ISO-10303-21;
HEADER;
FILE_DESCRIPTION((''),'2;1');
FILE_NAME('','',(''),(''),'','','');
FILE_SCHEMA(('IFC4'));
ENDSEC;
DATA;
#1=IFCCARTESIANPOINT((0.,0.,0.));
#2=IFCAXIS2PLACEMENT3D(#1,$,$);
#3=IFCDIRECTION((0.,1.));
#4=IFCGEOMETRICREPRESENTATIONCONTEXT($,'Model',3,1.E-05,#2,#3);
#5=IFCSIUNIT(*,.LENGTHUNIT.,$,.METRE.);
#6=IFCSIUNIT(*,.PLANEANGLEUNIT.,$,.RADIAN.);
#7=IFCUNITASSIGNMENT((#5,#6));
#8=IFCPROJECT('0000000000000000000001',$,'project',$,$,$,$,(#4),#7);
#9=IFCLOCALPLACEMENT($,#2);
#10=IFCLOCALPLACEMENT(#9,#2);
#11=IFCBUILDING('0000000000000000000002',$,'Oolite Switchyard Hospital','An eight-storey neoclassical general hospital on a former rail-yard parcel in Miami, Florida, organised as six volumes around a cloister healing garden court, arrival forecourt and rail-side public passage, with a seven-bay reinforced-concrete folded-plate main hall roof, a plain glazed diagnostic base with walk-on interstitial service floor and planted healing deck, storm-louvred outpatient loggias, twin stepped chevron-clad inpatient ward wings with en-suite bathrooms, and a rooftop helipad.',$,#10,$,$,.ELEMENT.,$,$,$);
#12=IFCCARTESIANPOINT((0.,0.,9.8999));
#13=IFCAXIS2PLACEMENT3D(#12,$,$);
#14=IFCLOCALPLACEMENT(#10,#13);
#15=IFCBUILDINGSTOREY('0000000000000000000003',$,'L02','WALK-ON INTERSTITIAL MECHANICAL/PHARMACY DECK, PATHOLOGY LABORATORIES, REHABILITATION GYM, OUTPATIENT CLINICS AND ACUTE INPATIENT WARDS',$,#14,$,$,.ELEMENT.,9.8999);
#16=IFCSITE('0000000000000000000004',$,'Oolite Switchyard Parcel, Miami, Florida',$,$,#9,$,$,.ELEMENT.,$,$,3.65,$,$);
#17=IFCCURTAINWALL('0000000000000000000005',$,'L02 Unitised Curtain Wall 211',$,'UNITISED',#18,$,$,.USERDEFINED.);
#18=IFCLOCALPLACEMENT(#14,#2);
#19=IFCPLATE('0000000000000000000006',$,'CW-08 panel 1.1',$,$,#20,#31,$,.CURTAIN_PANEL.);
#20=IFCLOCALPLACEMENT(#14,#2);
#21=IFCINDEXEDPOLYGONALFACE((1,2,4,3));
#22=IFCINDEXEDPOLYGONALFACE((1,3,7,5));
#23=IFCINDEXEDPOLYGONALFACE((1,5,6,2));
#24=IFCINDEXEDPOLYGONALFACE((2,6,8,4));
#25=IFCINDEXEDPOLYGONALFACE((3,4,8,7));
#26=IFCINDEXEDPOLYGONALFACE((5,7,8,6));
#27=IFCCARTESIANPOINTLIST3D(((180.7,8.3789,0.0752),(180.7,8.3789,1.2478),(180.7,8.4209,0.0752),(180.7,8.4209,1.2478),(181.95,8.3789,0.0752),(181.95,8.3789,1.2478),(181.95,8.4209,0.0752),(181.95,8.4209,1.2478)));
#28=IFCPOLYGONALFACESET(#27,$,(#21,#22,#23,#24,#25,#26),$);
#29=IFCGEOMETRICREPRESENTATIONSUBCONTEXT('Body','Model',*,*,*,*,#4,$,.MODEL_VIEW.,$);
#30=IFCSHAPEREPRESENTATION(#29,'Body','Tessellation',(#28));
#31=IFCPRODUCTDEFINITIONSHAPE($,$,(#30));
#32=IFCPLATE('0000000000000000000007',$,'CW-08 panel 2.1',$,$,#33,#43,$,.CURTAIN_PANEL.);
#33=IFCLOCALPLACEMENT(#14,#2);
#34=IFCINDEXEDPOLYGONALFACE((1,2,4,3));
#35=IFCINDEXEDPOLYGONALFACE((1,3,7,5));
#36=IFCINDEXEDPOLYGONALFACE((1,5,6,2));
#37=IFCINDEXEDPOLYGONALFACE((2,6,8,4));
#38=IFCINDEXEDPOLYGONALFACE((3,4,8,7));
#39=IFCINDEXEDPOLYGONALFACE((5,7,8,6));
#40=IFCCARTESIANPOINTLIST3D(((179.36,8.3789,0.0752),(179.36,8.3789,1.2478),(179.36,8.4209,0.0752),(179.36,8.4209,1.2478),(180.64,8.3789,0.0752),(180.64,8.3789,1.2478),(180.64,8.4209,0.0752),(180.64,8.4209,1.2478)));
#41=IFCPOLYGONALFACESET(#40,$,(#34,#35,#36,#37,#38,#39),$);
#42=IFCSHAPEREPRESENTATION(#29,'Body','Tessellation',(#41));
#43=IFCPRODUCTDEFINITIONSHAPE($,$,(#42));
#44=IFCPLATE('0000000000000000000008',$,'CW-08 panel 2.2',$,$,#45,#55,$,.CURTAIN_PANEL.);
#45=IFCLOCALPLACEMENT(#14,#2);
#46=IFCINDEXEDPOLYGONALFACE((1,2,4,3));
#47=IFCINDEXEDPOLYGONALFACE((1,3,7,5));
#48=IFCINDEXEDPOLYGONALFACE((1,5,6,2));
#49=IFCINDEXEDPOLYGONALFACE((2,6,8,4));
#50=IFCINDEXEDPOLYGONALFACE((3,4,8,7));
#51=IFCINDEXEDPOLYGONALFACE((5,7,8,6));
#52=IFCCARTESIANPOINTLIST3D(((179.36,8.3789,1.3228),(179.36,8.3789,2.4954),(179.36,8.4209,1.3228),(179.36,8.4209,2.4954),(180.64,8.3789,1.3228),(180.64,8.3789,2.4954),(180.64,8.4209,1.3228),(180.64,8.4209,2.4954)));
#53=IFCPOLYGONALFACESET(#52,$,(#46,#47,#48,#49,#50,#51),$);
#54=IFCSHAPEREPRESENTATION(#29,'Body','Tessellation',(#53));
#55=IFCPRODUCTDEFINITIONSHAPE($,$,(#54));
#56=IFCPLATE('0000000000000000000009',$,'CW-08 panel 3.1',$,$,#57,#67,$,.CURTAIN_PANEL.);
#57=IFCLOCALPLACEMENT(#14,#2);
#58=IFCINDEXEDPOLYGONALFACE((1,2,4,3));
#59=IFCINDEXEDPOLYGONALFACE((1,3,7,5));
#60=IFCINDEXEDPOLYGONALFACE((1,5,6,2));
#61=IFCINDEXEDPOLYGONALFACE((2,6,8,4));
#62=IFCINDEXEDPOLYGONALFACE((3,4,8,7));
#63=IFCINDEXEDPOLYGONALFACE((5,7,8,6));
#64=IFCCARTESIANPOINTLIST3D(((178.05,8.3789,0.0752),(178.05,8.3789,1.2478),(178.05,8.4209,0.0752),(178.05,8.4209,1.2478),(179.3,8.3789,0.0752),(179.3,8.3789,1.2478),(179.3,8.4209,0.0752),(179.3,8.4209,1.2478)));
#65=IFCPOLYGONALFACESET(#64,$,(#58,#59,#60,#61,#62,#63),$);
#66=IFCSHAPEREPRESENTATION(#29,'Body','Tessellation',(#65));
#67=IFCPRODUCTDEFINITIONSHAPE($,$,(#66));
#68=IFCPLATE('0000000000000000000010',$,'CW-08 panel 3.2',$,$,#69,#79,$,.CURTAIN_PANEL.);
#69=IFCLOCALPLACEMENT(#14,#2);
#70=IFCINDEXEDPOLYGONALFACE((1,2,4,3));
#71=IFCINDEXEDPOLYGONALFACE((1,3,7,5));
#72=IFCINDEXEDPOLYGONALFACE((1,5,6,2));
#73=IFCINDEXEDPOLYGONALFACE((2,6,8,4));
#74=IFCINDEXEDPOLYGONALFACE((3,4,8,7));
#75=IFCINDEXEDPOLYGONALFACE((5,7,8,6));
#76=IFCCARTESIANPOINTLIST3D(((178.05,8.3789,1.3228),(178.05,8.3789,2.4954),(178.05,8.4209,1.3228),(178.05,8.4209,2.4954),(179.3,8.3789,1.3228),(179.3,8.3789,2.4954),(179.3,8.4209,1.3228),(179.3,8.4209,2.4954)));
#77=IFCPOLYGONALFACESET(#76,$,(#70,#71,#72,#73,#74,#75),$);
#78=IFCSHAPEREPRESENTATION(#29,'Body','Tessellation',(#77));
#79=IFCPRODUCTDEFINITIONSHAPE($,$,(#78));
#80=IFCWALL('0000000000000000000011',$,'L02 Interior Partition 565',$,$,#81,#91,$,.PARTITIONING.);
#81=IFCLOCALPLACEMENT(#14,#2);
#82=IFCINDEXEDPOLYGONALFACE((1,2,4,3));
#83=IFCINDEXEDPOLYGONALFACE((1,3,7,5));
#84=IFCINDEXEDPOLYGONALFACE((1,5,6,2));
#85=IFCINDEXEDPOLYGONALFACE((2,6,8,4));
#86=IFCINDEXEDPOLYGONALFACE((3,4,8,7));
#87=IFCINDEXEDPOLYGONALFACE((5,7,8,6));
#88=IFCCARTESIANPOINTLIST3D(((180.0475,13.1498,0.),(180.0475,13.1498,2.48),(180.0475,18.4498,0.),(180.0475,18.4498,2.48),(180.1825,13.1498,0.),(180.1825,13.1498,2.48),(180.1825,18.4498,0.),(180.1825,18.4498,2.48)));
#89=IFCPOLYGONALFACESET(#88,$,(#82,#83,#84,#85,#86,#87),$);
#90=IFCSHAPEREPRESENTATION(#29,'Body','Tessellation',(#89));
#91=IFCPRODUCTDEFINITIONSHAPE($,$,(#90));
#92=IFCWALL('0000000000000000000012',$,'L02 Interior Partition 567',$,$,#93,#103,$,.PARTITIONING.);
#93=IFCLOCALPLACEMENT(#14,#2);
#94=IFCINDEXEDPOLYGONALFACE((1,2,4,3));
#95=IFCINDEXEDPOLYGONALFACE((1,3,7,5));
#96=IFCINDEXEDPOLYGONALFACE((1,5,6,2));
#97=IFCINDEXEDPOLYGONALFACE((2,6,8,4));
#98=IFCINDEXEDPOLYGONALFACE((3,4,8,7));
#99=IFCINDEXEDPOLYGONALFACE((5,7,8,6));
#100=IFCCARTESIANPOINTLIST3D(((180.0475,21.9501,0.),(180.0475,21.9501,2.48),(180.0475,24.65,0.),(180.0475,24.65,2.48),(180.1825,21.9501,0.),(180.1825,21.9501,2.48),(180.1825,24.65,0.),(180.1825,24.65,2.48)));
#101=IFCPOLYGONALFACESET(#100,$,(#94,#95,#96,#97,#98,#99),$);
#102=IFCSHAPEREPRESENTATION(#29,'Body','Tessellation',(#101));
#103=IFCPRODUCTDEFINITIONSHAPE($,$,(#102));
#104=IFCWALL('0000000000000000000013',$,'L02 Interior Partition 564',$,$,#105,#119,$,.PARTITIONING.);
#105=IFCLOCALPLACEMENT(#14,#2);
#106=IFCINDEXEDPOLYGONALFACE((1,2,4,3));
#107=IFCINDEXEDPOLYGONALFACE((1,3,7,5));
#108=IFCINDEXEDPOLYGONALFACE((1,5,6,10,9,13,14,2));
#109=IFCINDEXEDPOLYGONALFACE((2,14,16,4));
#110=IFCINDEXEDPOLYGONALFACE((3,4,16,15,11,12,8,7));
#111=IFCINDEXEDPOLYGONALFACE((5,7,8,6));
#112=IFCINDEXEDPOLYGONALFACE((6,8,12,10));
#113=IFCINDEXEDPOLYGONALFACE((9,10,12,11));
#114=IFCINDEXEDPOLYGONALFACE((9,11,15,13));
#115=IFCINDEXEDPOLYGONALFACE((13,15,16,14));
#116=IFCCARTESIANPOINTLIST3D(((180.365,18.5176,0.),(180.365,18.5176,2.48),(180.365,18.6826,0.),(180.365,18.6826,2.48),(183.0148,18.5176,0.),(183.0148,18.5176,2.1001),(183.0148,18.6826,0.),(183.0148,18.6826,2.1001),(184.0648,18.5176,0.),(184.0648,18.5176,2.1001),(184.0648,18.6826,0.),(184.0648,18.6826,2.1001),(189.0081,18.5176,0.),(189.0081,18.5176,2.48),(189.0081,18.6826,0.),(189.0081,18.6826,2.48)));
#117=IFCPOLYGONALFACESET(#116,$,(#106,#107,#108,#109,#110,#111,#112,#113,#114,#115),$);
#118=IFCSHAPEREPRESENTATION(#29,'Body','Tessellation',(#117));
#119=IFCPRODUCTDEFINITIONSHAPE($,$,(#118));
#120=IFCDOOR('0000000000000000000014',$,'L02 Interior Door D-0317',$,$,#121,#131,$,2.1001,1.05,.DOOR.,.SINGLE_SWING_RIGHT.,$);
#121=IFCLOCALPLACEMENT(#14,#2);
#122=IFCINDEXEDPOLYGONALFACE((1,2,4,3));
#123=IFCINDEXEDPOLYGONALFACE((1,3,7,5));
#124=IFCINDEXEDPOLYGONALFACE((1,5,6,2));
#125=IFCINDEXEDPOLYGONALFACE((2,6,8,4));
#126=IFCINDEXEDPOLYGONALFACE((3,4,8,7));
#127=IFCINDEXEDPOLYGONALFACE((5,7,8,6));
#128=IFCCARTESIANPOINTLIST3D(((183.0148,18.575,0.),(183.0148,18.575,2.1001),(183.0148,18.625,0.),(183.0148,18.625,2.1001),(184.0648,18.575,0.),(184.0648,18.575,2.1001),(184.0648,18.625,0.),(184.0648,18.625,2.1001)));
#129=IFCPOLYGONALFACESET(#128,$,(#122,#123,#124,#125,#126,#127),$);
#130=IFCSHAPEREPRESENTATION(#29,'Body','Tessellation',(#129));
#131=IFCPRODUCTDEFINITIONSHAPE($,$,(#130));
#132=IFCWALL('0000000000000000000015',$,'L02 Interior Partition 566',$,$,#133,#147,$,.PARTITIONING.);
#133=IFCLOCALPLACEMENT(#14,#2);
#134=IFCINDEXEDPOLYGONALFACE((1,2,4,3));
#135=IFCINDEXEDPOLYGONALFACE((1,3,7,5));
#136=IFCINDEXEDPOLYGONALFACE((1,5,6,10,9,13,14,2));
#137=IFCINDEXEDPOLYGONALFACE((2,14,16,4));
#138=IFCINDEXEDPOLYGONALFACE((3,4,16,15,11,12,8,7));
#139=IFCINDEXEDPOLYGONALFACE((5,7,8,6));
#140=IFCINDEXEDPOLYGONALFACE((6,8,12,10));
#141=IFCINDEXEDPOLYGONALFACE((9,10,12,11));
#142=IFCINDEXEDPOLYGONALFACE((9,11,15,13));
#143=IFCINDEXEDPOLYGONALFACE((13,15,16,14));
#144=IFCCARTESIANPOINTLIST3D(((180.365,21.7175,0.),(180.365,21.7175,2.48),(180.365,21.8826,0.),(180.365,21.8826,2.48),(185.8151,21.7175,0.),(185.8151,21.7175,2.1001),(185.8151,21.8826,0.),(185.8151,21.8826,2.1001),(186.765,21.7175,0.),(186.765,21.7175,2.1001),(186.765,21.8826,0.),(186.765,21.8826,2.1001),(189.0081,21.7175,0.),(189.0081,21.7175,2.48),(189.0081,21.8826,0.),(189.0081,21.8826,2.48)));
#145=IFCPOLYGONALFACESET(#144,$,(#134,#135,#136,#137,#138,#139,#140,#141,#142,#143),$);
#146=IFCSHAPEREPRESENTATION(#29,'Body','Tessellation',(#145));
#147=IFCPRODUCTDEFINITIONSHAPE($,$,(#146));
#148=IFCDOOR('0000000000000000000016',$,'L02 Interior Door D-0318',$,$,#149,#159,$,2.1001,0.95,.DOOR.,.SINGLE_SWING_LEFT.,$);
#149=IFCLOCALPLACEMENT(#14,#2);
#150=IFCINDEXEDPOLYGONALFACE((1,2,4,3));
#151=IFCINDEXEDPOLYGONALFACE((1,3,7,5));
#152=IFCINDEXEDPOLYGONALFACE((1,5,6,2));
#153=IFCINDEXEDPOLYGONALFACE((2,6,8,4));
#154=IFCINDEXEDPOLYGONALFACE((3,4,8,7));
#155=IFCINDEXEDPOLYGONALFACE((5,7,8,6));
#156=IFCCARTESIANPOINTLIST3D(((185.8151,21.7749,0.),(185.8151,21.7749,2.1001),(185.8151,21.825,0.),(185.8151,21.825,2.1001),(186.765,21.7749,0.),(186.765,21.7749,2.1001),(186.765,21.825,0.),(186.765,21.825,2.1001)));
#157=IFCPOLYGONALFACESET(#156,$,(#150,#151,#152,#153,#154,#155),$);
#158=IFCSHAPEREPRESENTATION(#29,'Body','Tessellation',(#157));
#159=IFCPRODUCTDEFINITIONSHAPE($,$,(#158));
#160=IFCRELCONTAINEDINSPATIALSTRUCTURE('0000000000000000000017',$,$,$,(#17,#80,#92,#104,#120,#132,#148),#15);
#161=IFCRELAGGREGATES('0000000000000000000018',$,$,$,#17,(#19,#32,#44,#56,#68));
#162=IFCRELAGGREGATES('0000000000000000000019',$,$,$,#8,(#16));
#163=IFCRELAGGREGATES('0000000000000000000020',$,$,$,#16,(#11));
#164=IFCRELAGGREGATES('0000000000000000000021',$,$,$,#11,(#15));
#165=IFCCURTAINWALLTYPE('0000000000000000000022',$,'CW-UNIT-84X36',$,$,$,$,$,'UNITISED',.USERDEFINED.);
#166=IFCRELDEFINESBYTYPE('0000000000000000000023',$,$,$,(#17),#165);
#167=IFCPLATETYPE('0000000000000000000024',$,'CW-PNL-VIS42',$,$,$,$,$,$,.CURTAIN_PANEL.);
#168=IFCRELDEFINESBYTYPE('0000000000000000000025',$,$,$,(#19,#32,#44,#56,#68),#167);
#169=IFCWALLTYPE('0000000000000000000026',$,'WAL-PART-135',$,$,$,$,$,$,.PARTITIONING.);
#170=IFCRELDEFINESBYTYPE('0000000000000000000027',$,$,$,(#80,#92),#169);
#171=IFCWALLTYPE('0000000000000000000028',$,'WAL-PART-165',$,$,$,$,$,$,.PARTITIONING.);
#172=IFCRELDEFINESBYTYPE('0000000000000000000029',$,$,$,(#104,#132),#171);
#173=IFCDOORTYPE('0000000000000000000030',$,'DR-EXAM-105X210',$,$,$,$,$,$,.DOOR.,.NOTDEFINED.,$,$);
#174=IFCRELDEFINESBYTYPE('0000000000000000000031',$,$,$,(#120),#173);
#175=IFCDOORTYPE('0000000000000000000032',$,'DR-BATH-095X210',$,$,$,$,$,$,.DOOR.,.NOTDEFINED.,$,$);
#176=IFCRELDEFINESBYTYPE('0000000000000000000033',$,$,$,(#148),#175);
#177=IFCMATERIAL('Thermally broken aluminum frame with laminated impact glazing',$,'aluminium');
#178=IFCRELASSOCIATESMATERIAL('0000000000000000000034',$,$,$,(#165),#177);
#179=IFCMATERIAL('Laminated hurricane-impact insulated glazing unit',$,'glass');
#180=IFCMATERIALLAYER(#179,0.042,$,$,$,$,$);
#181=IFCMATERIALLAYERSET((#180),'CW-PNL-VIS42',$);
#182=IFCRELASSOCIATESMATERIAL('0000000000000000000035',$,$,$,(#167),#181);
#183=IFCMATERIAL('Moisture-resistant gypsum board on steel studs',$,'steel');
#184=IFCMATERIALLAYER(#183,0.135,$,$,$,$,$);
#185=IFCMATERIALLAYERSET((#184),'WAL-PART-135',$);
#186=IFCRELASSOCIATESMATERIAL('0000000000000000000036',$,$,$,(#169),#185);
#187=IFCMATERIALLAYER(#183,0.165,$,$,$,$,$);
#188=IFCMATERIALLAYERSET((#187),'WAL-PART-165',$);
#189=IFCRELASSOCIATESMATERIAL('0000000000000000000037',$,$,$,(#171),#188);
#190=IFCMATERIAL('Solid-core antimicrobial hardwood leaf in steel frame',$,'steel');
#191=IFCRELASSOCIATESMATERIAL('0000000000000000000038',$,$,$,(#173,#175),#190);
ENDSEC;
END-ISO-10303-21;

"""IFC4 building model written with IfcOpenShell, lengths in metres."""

from ifc_helpers import new_model, si_unit, direction, frame, frame_2d, origin, origin_2d, place, context, subcontext, project, spatial, rectangle, extrude, material, layer, layer_set, type_object, element, fill, aggregate, save


model = new_model("IFC4")

# Units and contexts
model_context = context("Model", 3, precision=1e-05, world=origin(), true_north=direction((0.0, 1.0)))
body_context = subcontext(model_context, "Body", "Model", "MODEL_VIEW")
ifc_project = project(units=[si_unit("LENGTHUNIT", "METRE"), si_unit("PLANEANGLEUNIT", "RADIAN")], contexts=[model_context])

# Site, building, storey
site_placement = place(None, origin())
site = spatial("IfcSite", under=ifc_project, at=site_placement, Name="Oolite Switchyard Parcel, Miami, Florida", CompositionType="ELEMENT", RefElevation=3.65)
building_placement = place(site_placement, origin())
building = spatial("IfcBuilding", under=site, at=building_placement, Name="Oolite Switchyard Hospital", Description="An eight-storey neoclassical general hospital on a former rail-yard parcel in Miami, Florida, organised as six volumes around a cloister healing garden court, arrival forecourt and rail-side public passage, with a seven-bay reinforced-concrete folded-plate main hall roof, a plain glazed diagnostic base with walk-on interstitial service floor and planted healing deck, storm-louvred outpatient loggias, twin stepped chevron-clad inpatient ward wings with en-suite bathrooms, and a rooftop helipad.", CompositionType="ELEMENT")
storey_placement = place(building_placement, frame((0.0, 0.0, 9.8999)))
storey = spatial("IfcBuildingStorey", under=building, at=storey_placement, Name="L02", Description="WALK-ON INTERSTITIAL MECHANICAL/PHARMACY DECK, PATHOLOGY LABORATORIES, REHABILITATION GYM, OUTPATIENT CLINICS AND ACUTE INPATIENT WARDS", CompositionType="ELEMENT", Elevation=9.8999)

# Curtain wall, plates
ifc_material_1 = material(Name="Thermally broken aluminum frame with laminated impact glazing", Category="aluminium")
curtain_wall_type = type_object("IfcCurtainWallType", Name="CW-UNIT-84X36", ElementType="UNITISED", PredefinedType="USERDEFINED", material=ifc_material_1)
curtain_wall_placement = place(storey_placement, origin())
curtain_wall = element("IfcCurtainWall", 1, at=curtain_wall_placement, inside=storey, type_object=curtain_wall_type, Name="L02 Unitised Curtain Wall 211", ObjectType="UNITISED", PredefinedType="USERDEFINED")
ifc_material_2 = material(Name="Laminated hurricane-impact insulated glazing unit", Category="glass")
ifc_layer_1 = layer(ifc_material_2, 0.042)
ifc_layer_set_1 = layer_set([ifc_layer_1], Name="CW-PNL-VIS42")
plate_type = type_object("IfcPlateType", Name="CW-PNL-VIS42", PredefinedType="CURTAIN_PANEL", material=ifc_layer_set_1)
plate_1_placement = place(storey_placement, frame((181.325, 8.3999, 0.0752), z_axis=(0.0, 0.0, 1.0), x_axis=(-1.0, 0.0, 0.0)))
plate_1 = element("IfcPlate", 2, at=plate_1_placement, type_object=plate_type, Name="CW-08 panel 1.1", PredefinedType="CURTAIN_PANEL", context=body_context, shape_type="SweptSolid", body=[
    extrude(rectangle(XDim=1.25, YDim=0.042, at=origin_2d()), origin(), (0.0, 0.0, 1.0), 1.1726),
])
plate_2_placement = place(storey_placement, frame((180.0, 8.3999, 0.0752), z_axis=(0.0, 0.0, 1.0), x_axis=(-1.0, 0.0, 0.0)))
plate_2 = element("IfcPlate", 3, at=plate_2_placement, type_object=plate_type, Name="CW-08 panel 2.1", PredefinedType="CURTAIN_PANEL", context=body_context, shape_type="SweptSolid", body=[
    extrude(rectangle(XDim=1.28, YDim=0.042, at=origin_2d()), origin(), (0.0, 0.0, 1.0), 1.1726),
])
plate_3_placement = place(storey_placement, frame((180.0, 8.3999, 1.3228), z_axis=(0.0, 0.0, 1.0), x_axis=(-1.0, 0.0, 0.0)))
plate_3 = element("IfcPlate", 4, at=plate_3_placement, type_object=plate_type, Name="CW-08 panel 2.2", PredefinedType="CURTAIN_PANEL", context=body_context, shape_type="SweptSolid", body=[
    extrude(rectangle(XDim=1.28, YDim=0.042, at=origin_2d()), origin(), (0.0, 0.0, 1.0), 1.1726),
])
plate_4_placement = place(storey_placement, frame((178.675, 8.3999, 0.0752), z_axis=(0.0, 0.0, 1.0), x_axis=(-1.0, 0.0, 0.0)))
plate_4 = element("IfcPlate", 5, at=plate_4_placement, type_object=plate_type, Name="CW-08 panel 3.1", PredefinedType="CURTAIN_PANEL", context=body_context, shape_type="SweptSolid", body=[
    extrude(rectangle(XDim=1.25, YDim=0.042, at=origin_2d()), origin(), (0.0, 0.0, 1.0), 1.1726),
])
plate_5_placement = place(storey_placement, frame((178.675, 8.3999, 1.3228), z_axis=(0.0, 0.0, 1.0), x_axis=(-1.0, 0.0, 0.0)))
plate_5 = element("IfcPlate", 6, at=plate_5_placement, type_object=plate_type, Name="CW-08 panel 3.2", PredefinedType="CURTAIN_PANEL", context=body_context, shape_type="SweptSolid", body=[
    extrude(rectangle(XDim=1.25, YDim=0.042, at=origin_2d()), origin(), (0.0, 0.0, 1.0), 1.1726),
])
aggregate(curtain_wall, [plate_1, plate_2, plate_3, plate_4, plate_5])

# Walls
ifc_material_3 = material(Name="Moisture-resistant gypsum board on steel studs", Category="steel")
ifc_layer_2 = layer(ifc_material_3, 0.135)
ifc_layer_set_2 = layer_set([ifc_layer_2], Name="WAL-PART-135")
wall_type_1 = type_object("IfcWallType", Name="WAL-PART-135", PredefinedType="PARTITIONING", material=ifc_layer_set_2)
wall_1_placement = place(storey_placement, frame((180.115, 13.1499, 0.0), z_axis=(0.0, 0.0, 1.0), x_axis=(0.0, 1.0, 0.0)))
element("IfcWall", 7, at=wall_1_placement, inside=storey, type_object=wall_type_1, Name="L02 Interior Partition 565", PredefinedType="PARTITIONING", context=body_context, shape_type="SweptSolid", body=[
    extrude(rectangle(XDim=5.3, YDim=0.135, at=frame_2d((2.6499, 0.0))), origin(), (0.0, 0.0, 1.0), 2.48),
])
wall_2_placement = place(storey_placement, frame((180.115, 21.95, 0.0), z_axis=(0.0, 0.0, 1.0), x_axis=(0.0, 1.0, 0.0)))
element("IfcWall", 8, at=wall_2_placement, inside=storey, type_object=wall_type_1, Name="L02 Interior Partition 567", PredefinedType="PARTITIONING", context=body_context, shape_type="SweptSolid", body=[
    extrude(rectangle(XDim=2.7, YDim=0.135, at=frame_2d((1.3501, 0.0))), origin(), (0.0, 0.0, 1.0), 2.48),
])

# Walls, openings, doors
ifc_layer_3 = layer(ifc_material_3, 0.165)
ifc_layer_set_3 = layer_set([ifc_layer_3], Name="WAL-PART-165")
wall_type_2 = type_object("IfcWallType", Name="WAL-PART-165", PredefinedType="PARTITIONING", material=ifc_layer_set_3)
wall_3_placement = place(storey_placement, frame((180.365, 18.6001, 0.0), z_axis=(0.0, 0.0, 1.0), x_axis=(1.0, 0.0, 0.0)))
wall_3 = element("IfcWall", 9, at=wall_3_placement, inside=storey, type_object=wall_type_2, Name="L02 Interior Partition 564", PredefinedType="PARTITIONING", context=body_context, shape_type="SweptSolid", body=[
    extrude(rectangle(XDim=8.6431, YDim=0.165, at=frame_2d((4.3215, 0.0))), origin(), (0.0, 0.0, 1.0), 2.48),
])
opening_1_placement = place(wall_3_placement, frame((2.6499, 0.0, 0.0)))
opening_1 = element("IfcOpeningElement", 10, at=opening_1_placement, cuts=wall_3, PredefinedType="OPENING", context=body_context, shape_type="SweptSolid", body=[
    extrude(rectangle(XDim=1.05, YDim=2.1001, at=frame_2d((0.5249, 1.05))), frame((0.0, 0.0925, 0.0), z_axis=(0.0, -1.0, 0.0), x_axis=(1.0, 0.0, 0.0)), (0.0, 0.0, 1.0), 0.1851),
])
ifc_material_4 = material(Name="Solid-core antimicrobial hardwood leaf in steel frame", Category="steel")
door_type_1 = type_object("IfcDoorType", Name="DR-EXAM-105X210", OperationType="NOTDEFINED", PredefinedType="DOOR", material=ifc_material_4)
door_1_placement = place(opening_1_placement, origin())
door_1 = element("IfcDoor", 11, at=door_1_placement, inside=storey, type_object=door_type_1, Name="L02 Interior Door D-0317", OperationType="SINGLE_SWING_RIGHT", OverallHeight=2.1001, OverallWidth=1.05, PredefinedType="DOOR", context=body_context, shape_type="SweptSolid", body=[
    extrude(rectangle(XDim=1.05, YDim=2.1001, at=frame_2d((0.5249, 1.05))), frame((0.0, 0.0249, 0.0), z_axis=(0.0, -1.0, 0.0), x_axis=(1.0, 0.0, 0.0)), (0.0, 0.0, 1.0), 0.05),
])
fill(opening_1, door_1)
wall_4_placement = place(storey_placement, frame((180.365, 21.8, 0.0), z_axis=(0.0, 0.0, 1.0), x_axis=(1.0, 0.0, 0.0)))
wall_4 = element("IfcWall", 12, at=wall_4_placement, inside=storey, type_object=wall_type_2, Name="L02 Interior Partition 566", PredefinedType="PARTITIONING", context=body_context, shape_type="SweptSolid", body=[
    extrude(rectangle(XDim=8.6431, YDim=0.165, at=frame_2d((4.3215, 0.0))), origin(), (0.0, 0.0, 1.0), 2.48),
])
opening_2_placement = place(wall_4_placement, frame((5.45, 0.0, 0.0)))
opening_2 = element("IfcOpeningElement", 13, at=opening_2_placement, cuts=wall_4, PredefinedType="OPENING", context=body_context, shape_type="SweptSolid", body=[
    extrude(rectangle(XDim=0.95, YDim=2.1001, at=frame_2d((0.4751, 1.05))), frame((0.0, 0.0925, 0.0), z_axis=(0.0, -1.0, 0.0), x_axis=(1.0, 0.0, 0.0)), (0.0, 0.0, 1.0), 0.1851),
])
door_type_2 = type_object("IfcDoorType", Name="DR-BATH-095X210", OperationType="NOTDEFINED", PredefinedType="DOOR", material=ifc_material_4)
door_2_placement = place(opening_2_placement, origin())
door_2 = element("IfcDoor", 14, at=door_2_placement, inside=storey, type_object=door_type_2, Name="L02 Interior Door D-0318", OperationType="SINGLE_SWING_LEFT", OverallHeight=2.1001, OverallWidth=0.95, PredefinedType="DOOR", context=body_context, shape_type="SweptSolid", body=[
    extrude(rectangle(XDim=0.95, YDim=2.1001, at=frame_2d((0.4751, 1.05))), frame((0.0, 0.0249, 0.0), z_axis=(0.0, -1.0, 0.0), x_axis=(1.0, 0.0, 0.0)), (0.0, 0.0, 1.0), 0.05),
])
fill(opening_2, door_2)

save(model, "model.ifc")
